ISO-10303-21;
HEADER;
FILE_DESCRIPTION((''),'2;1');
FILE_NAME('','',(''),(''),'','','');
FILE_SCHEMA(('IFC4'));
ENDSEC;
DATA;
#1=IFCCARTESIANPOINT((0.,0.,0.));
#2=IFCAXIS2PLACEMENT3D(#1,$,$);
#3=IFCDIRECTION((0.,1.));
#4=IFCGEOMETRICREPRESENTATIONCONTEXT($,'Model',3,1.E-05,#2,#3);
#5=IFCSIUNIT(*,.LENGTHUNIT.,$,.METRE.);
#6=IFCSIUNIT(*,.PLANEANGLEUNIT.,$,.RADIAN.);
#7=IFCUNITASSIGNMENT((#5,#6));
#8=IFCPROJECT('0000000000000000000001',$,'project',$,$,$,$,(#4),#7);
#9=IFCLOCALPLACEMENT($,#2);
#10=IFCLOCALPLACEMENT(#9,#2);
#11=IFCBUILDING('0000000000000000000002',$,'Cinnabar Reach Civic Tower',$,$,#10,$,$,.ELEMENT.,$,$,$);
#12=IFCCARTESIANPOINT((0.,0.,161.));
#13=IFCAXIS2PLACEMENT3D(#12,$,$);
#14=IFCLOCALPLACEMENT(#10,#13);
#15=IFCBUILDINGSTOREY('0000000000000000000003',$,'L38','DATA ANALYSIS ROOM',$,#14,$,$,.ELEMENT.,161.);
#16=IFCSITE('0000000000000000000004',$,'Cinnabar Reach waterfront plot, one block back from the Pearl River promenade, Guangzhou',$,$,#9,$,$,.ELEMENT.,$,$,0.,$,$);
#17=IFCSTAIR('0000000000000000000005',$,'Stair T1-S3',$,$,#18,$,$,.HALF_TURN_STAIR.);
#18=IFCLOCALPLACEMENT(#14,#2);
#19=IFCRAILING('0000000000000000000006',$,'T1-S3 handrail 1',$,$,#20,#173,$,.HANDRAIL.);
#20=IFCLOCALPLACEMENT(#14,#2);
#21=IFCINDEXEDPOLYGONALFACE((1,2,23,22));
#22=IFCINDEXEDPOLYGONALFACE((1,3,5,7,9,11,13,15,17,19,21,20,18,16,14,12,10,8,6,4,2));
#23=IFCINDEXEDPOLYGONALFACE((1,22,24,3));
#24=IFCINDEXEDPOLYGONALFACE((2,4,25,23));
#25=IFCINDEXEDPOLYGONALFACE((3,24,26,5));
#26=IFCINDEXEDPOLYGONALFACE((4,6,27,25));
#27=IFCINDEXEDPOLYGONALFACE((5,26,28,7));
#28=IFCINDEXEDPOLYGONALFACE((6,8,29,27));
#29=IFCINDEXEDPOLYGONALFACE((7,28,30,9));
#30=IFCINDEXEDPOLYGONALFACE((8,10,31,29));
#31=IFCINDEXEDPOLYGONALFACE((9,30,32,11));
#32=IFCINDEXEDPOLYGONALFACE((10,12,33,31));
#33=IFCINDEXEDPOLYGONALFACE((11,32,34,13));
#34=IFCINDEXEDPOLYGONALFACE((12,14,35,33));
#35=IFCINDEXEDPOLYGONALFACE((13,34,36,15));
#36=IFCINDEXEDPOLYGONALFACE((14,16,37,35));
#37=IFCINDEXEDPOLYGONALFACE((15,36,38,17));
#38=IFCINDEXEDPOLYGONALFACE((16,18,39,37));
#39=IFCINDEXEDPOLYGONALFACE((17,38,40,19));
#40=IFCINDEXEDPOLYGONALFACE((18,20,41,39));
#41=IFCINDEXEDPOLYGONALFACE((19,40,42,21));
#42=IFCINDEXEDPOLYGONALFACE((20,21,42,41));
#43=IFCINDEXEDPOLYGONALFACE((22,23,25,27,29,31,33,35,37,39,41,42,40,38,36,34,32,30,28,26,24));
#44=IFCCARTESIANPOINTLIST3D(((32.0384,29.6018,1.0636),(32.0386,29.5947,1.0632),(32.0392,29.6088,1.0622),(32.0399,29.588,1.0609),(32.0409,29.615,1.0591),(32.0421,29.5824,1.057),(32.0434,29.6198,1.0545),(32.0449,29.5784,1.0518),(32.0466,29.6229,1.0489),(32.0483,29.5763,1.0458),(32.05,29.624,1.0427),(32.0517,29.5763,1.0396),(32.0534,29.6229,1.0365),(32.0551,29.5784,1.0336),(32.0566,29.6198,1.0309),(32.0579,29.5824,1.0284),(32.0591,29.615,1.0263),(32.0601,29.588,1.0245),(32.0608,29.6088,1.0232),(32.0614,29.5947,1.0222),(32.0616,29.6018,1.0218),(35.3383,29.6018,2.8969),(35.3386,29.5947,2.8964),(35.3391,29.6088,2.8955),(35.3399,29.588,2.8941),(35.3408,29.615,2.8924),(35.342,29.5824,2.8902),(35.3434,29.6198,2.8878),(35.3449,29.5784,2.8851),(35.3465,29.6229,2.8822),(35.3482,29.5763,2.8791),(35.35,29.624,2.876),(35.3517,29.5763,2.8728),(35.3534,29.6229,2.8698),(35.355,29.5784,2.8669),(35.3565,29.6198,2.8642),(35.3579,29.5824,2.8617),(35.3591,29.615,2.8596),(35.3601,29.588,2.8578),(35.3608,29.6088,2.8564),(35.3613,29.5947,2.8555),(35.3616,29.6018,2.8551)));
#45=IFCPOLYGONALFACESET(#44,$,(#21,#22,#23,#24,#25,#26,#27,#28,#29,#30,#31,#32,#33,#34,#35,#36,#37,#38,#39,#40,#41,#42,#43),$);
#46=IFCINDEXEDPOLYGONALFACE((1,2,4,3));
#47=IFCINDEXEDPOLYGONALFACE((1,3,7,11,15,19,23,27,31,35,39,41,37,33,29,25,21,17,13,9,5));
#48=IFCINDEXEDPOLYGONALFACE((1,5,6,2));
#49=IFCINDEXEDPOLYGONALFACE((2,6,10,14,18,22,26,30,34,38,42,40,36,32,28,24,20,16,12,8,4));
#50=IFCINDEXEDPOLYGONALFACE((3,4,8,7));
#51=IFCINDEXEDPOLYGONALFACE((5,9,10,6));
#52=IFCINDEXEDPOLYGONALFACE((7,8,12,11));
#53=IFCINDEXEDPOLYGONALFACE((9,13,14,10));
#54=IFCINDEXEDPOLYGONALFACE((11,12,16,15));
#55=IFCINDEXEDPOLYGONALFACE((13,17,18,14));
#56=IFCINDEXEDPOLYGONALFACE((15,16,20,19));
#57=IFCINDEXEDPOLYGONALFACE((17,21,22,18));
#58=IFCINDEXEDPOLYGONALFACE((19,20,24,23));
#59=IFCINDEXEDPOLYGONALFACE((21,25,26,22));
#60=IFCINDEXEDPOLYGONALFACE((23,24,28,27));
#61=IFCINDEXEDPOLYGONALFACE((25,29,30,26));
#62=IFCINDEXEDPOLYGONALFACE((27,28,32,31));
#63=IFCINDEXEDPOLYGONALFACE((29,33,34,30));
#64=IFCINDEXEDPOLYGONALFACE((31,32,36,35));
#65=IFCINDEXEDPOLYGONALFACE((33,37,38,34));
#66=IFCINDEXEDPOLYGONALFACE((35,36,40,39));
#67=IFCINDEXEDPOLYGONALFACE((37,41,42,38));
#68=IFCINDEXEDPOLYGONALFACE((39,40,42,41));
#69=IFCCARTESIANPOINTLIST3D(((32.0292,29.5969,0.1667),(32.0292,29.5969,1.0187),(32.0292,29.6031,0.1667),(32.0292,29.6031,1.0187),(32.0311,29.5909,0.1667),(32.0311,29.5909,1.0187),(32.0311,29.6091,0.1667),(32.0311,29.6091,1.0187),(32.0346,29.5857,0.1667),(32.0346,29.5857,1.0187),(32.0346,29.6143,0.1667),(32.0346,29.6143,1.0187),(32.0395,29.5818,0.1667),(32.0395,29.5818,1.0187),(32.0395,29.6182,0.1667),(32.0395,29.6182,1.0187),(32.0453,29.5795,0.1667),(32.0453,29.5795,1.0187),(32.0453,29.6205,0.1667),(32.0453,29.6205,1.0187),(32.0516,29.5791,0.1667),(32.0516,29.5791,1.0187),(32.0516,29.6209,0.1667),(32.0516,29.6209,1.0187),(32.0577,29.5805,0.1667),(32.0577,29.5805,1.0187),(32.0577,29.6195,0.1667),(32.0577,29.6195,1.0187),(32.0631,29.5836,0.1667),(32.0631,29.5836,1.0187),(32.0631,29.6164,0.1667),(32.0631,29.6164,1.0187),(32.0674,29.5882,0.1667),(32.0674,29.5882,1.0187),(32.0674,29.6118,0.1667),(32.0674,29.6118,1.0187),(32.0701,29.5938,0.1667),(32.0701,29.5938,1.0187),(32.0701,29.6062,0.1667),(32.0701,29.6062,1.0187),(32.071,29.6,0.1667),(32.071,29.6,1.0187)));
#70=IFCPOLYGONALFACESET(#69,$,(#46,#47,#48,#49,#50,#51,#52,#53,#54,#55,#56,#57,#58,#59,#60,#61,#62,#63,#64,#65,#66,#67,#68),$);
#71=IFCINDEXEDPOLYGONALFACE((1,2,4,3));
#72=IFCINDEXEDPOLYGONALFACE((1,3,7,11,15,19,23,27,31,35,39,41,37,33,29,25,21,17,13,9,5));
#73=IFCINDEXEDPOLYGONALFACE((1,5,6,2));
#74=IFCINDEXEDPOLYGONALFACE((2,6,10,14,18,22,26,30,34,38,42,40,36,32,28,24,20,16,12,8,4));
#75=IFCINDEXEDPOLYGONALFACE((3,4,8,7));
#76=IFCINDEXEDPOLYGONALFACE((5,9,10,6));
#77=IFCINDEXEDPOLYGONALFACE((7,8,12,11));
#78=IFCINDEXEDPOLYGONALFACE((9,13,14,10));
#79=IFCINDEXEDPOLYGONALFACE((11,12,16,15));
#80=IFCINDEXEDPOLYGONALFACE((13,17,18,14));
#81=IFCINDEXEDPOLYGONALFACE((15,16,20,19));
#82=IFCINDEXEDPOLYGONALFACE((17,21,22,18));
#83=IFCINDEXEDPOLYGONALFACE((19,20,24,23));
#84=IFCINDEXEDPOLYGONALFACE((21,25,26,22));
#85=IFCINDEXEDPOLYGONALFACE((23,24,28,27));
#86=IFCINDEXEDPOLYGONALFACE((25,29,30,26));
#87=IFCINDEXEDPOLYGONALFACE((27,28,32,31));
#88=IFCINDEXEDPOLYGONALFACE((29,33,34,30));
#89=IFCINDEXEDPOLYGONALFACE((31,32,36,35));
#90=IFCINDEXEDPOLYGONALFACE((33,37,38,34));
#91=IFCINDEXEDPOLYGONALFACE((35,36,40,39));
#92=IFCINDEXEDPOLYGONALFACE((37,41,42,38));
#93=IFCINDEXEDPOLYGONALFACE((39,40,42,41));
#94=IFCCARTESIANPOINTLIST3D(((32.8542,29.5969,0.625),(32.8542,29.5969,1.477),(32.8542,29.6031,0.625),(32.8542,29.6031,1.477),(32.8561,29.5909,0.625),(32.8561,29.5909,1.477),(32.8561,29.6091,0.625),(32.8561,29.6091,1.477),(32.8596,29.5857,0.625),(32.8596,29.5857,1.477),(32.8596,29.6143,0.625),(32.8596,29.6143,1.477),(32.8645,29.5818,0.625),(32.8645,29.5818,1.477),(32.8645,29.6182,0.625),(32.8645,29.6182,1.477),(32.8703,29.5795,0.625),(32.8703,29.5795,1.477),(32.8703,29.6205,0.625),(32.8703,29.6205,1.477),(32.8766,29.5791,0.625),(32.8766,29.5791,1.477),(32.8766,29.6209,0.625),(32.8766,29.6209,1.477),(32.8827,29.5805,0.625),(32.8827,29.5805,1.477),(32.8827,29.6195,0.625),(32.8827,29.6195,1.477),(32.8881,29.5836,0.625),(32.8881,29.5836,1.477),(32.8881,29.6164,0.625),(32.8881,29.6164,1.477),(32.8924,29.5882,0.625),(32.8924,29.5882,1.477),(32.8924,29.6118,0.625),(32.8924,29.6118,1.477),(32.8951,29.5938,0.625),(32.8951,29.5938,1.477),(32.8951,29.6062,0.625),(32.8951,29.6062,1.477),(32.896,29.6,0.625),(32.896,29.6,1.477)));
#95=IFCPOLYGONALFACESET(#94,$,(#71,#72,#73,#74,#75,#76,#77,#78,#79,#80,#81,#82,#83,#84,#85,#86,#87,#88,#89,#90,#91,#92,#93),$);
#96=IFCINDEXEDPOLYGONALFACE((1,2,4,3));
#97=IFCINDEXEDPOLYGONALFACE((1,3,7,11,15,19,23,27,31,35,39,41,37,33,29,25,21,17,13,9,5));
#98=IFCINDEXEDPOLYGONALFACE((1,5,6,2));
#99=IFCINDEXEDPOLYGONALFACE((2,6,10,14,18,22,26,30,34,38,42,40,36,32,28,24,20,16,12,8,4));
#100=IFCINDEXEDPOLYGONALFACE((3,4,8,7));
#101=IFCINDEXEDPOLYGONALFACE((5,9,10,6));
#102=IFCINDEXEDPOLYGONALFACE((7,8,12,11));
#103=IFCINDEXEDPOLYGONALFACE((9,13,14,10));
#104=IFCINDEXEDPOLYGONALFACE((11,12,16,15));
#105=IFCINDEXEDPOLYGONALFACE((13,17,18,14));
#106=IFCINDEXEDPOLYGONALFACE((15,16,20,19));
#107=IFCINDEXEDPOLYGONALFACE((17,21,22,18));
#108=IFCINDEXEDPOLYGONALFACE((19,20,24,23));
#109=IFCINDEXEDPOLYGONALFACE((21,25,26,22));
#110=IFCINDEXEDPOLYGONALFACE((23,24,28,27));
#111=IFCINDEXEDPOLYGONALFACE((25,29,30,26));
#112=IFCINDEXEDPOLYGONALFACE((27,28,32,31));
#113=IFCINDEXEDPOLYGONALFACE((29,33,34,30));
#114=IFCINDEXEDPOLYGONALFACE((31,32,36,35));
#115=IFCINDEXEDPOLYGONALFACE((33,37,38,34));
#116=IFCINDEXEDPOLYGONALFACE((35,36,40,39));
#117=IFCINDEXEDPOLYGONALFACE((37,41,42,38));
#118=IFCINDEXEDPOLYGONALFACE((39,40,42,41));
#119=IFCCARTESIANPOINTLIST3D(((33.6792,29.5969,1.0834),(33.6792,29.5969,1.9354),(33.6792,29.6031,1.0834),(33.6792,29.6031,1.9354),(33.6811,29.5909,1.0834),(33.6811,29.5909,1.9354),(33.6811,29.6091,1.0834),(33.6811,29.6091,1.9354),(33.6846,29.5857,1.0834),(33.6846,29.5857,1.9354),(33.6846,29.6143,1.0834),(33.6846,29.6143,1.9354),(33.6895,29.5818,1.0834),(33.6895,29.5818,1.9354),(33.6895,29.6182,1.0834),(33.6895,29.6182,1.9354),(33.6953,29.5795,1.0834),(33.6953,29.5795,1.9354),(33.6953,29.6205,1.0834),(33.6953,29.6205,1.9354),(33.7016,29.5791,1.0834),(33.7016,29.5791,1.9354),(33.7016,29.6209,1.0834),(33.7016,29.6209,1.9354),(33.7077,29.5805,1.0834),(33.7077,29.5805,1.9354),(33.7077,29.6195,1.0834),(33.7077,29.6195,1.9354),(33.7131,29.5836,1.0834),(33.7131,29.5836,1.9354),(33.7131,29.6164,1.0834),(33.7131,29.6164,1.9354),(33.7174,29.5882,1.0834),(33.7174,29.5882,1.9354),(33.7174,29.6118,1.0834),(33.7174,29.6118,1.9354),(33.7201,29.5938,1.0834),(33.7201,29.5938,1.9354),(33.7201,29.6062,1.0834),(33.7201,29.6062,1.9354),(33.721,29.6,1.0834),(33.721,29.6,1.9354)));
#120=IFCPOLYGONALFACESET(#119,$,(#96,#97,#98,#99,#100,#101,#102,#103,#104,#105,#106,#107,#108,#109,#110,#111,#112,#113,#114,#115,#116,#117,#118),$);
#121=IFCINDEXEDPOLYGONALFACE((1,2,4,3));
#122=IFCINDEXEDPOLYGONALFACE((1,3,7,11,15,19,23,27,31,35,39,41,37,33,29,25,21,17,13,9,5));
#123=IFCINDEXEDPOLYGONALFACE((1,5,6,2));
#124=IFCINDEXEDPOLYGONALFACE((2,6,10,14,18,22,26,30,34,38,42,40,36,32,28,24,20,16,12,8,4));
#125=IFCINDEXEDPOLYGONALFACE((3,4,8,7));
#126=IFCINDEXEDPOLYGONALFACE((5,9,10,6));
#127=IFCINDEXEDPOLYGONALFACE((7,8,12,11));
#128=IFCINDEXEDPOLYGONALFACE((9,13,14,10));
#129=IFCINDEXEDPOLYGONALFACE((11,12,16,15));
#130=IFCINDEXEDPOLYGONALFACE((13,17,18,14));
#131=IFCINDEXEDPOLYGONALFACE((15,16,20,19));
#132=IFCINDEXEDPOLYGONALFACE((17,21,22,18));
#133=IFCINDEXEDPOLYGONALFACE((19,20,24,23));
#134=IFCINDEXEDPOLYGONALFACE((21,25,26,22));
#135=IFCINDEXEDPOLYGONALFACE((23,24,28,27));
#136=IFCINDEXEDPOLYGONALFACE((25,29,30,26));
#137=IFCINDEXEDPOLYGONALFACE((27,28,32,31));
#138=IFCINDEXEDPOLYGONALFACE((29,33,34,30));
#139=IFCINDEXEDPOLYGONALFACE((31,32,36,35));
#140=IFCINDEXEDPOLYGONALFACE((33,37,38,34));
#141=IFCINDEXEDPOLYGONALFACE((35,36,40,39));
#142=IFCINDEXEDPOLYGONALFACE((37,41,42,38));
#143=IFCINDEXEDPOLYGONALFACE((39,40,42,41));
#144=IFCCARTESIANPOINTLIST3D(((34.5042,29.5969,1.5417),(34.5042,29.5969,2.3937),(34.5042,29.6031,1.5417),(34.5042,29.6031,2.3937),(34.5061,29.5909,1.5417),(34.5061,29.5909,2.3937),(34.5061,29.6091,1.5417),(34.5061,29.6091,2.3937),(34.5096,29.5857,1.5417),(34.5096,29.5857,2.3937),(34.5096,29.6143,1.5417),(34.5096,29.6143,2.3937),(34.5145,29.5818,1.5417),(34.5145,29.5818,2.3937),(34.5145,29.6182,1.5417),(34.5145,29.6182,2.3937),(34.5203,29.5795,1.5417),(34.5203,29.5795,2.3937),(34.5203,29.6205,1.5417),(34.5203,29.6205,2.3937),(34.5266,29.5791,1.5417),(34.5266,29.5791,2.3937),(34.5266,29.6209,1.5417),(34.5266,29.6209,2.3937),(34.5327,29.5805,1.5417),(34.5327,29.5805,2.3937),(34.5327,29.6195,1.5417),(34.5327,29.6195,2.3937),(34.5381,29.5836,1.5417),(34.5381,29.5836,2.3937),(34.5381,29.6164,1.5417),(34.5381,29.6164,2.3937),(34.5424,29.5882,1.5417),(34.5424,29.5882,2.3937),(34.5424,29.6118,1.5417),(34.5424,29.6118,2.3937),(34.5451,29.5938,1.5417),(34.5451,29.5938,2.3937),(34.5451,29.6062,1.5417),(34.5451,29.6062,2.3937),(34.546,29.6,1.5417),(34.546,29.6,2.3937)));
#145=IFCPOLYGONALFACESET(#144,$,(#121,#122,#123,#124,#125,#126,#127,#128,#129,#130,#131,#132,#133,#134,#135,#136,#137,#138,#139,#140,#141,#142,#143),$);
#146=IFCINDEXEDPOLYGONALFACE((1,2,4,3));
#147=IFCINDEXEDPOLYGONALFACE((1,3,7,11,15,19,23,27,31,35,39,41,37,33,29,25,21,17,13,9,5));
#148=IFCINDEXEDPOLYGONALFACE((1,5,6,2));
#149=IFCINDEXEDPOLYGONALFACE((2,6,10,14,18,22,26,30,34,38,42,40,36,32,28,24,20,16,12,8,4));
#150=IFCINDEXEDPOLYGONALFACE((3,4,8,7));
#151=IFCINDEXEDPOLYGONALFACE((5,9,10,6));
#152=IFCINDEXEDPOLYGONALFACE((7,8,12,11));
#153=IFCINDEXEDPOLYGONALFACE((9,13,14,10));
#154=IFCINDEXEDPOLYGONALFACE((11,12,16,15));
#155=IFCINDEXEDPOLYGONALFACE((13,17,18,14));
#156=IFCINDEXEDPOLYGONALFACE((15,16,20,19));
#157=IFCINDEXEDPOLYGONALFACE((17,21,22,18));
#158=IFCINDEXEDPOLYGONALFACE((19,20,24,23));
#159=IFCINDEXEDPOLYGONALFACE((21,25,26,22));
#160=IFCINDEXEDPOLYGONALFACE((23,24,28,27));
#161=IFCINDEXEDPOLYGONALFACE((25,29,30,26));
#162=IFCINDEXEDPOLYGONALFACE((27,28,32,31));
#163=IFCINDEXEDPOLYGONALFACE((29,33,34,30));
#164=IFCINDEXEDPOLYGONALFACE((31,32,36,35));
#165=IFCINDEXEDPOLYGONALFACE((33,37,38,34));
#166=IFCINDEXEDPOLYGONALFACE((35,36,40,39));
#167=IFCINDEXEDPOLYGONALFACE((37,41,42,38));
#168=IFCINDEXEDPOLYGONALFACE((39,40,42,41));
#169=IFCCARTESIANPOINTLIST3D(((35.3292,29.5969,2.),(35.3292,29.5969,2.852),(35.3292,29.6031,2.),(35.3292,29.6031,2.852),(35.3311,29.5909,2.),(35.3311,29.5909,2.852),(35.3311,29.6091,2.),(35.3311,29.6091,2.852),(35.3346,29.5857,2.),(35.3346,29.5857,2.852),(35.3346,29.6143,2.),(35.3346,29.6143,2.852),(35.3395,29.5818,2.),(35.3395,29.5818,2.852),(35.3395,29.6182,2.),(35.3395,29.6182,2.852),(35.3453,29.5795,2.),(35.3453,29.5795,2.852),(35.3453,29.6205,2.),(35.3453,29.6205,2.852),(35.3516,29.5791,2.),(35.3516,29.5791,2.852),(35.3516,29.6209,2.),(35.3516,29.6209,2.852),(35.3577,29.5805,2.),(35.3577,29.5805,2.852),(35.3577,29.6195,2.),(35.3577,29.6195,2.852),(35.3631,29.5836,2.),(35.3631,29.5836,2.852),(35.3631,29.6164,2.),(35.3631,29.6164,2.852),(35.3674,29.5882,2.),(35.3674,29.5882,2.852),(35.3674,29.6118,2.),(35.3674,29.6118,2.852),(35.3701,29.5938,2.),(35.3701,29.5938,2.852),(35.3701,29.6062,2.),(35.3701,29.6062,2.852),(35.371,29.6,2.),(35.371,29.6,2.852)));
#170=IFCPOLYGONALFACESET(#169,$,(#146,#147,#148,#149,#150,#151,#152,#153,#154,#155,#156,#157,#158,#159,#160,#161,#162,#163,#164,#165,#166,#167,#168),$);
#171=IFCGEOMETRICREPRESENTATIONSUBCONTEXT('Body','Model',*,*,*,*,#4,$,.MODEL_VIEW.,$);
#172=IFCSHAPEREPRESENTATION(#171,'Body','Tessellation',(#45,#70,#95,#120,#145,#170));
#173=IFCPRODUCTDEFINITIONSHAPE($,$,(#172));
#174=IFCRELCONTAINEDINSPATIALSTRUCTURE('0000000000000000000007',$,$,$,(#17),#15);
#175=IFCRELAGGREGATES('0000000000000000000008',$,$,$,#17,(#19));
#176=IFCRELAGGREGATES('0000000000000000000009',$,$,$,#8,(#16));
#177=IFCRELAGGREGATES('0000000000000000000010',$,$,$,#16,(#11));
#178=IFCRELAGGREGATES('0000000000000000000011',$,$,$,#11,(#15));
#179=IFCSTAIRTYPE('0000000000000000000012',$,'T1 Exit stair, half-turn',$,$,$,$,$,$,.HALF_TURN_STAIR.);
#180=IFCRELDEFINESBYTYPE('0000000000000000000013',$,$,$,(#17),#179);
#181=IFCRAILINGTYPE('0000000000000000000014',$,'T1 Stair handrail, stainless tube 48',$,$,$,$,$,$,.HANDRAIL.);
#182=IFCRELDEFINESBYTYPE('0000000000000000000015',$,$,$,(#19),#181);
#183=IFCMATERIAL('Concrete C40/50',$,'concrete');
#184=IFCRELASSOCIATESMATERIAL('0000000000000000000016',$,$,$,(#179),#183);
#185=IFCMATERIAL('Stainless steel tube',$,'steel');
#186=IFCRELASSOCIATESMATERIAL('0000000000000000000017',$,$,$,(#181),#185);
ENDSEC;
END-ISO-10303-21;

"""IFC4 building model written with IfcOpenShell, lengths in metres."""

from ifc_helpers import new_model, si_unit, direction, frame, origin, origin_2d, place, context, subcontext, project, spatial, circle, extrude, material, type_object, element, aggregate, save


model = new_model("IFC4")

# Units and contexts
model_context = context("Model", 3, precision=1e-05, world=origin(), true_north=direction((0.0, 1.0)))
body_context = subcontext(model_context, "Body", "Model", "MODEL_VIEW")
ifc_project = project(units=[si_unit("LENGTHUNIT", "METRE"), si_unit("PLANEANGLEUNIT", "RADIAN")], contexts=[model_context])

# Site, building, storey
site_placement = place(None, origin())
site = spatial("IfcSite", under=ifc_project, at=site_placement, Name="Cinnabar Reach waterfront plot, one block back from the Pearl River promenade, Guangzhou", CompositionType="ELEMENT", RefElevation=0.0)
building_placement = place(site_placement, origin())
building = spatial("IfcBuilding", under=site, at=building_placement, Name="Cinnabar Reach Civic Tower", CompositionType="ELEMENT")
storey_placement = place(building_placement, frame((0.0, 0.0, 161.0)))
storey = spatial("IfcBuildingStorey", under=building, at=storey_placement, Name="L38", Description="DATA ANALYSIS ROOM", CompositionType="ELEMENT", Elevation=161.0)

# Stair, railing
ifc_material_1 = material(Name="Concrete C40/50", Category="concrete")
stair_type = type_object("IfcStairType", Name="T1 Exit stair, half-turn", PredefinedType="HALF_TURN_STAIR", material=ifc_material_1)
stair_placement = place(storey_placement, origin())
stair = element("IfcStair", 1, at=stair_placement, inside=storey, type_object=stair_type, Name="Stair T1-S3", PredefinedType="HALF_TURN_STAIR")
ifc_material_2 = material(Name="Stainless steel tube", Category="steel")
railing_type = type_object("IfcRailingType", Name="T1 Stair handrail, stainless tube 48", PredefinedType="HANDRAIL", material=ifc_material_2)
railing_placement = place(storey_placement, frame((32.05, 29.6, 0.1667)))
railing = element("IfcRailing", 2, at=railing_placement, type_object=railing_type, Name="T1-S3 handrail 1", PredefinedType="HANDRAIL", context=body_context, shape_type="SweptSolid", body=[
    extrude(circle(Radius=0.024, at=origin_2d()), frame((0.0, 0.0, 0.876), z_axis=(0.874161, 0.0, 0.485636), x_axis=(0.0, 1.0, 0.0)), (0.0, 0.0, 1.0), 3.775),
    extrude(circle(Radius=0.021, at=origin_2d()), origin(), (0.0, 0.0, 1.0), 0.852),
    extrude(circle(Radius=0.021, at=origin_2d()), frame((0.825, 0.0, 0.4583)), (0.0, 0.0, 1.0), 0.852),
    extrude(circle(Radius=0.021, at=origin_2d()), frame((1.65, 0.0, 0.9167)), (0.0, 0.0, 1.0), 0.852),
    extrude(circle(Radius=0.021, at=origin_2d()), frame((2.475, 0.0, 1.375)), (0.0, 0.0, 1.0), 0.852),
    extrude(circle(Radius=0.021, at=origin_2d()), frame((3.3, 0.0, 1.8333)), (0.0, 0.0, 1.0), 0.852),
])
aggregate(stair, [railing])

save(model, "model.ifc")
